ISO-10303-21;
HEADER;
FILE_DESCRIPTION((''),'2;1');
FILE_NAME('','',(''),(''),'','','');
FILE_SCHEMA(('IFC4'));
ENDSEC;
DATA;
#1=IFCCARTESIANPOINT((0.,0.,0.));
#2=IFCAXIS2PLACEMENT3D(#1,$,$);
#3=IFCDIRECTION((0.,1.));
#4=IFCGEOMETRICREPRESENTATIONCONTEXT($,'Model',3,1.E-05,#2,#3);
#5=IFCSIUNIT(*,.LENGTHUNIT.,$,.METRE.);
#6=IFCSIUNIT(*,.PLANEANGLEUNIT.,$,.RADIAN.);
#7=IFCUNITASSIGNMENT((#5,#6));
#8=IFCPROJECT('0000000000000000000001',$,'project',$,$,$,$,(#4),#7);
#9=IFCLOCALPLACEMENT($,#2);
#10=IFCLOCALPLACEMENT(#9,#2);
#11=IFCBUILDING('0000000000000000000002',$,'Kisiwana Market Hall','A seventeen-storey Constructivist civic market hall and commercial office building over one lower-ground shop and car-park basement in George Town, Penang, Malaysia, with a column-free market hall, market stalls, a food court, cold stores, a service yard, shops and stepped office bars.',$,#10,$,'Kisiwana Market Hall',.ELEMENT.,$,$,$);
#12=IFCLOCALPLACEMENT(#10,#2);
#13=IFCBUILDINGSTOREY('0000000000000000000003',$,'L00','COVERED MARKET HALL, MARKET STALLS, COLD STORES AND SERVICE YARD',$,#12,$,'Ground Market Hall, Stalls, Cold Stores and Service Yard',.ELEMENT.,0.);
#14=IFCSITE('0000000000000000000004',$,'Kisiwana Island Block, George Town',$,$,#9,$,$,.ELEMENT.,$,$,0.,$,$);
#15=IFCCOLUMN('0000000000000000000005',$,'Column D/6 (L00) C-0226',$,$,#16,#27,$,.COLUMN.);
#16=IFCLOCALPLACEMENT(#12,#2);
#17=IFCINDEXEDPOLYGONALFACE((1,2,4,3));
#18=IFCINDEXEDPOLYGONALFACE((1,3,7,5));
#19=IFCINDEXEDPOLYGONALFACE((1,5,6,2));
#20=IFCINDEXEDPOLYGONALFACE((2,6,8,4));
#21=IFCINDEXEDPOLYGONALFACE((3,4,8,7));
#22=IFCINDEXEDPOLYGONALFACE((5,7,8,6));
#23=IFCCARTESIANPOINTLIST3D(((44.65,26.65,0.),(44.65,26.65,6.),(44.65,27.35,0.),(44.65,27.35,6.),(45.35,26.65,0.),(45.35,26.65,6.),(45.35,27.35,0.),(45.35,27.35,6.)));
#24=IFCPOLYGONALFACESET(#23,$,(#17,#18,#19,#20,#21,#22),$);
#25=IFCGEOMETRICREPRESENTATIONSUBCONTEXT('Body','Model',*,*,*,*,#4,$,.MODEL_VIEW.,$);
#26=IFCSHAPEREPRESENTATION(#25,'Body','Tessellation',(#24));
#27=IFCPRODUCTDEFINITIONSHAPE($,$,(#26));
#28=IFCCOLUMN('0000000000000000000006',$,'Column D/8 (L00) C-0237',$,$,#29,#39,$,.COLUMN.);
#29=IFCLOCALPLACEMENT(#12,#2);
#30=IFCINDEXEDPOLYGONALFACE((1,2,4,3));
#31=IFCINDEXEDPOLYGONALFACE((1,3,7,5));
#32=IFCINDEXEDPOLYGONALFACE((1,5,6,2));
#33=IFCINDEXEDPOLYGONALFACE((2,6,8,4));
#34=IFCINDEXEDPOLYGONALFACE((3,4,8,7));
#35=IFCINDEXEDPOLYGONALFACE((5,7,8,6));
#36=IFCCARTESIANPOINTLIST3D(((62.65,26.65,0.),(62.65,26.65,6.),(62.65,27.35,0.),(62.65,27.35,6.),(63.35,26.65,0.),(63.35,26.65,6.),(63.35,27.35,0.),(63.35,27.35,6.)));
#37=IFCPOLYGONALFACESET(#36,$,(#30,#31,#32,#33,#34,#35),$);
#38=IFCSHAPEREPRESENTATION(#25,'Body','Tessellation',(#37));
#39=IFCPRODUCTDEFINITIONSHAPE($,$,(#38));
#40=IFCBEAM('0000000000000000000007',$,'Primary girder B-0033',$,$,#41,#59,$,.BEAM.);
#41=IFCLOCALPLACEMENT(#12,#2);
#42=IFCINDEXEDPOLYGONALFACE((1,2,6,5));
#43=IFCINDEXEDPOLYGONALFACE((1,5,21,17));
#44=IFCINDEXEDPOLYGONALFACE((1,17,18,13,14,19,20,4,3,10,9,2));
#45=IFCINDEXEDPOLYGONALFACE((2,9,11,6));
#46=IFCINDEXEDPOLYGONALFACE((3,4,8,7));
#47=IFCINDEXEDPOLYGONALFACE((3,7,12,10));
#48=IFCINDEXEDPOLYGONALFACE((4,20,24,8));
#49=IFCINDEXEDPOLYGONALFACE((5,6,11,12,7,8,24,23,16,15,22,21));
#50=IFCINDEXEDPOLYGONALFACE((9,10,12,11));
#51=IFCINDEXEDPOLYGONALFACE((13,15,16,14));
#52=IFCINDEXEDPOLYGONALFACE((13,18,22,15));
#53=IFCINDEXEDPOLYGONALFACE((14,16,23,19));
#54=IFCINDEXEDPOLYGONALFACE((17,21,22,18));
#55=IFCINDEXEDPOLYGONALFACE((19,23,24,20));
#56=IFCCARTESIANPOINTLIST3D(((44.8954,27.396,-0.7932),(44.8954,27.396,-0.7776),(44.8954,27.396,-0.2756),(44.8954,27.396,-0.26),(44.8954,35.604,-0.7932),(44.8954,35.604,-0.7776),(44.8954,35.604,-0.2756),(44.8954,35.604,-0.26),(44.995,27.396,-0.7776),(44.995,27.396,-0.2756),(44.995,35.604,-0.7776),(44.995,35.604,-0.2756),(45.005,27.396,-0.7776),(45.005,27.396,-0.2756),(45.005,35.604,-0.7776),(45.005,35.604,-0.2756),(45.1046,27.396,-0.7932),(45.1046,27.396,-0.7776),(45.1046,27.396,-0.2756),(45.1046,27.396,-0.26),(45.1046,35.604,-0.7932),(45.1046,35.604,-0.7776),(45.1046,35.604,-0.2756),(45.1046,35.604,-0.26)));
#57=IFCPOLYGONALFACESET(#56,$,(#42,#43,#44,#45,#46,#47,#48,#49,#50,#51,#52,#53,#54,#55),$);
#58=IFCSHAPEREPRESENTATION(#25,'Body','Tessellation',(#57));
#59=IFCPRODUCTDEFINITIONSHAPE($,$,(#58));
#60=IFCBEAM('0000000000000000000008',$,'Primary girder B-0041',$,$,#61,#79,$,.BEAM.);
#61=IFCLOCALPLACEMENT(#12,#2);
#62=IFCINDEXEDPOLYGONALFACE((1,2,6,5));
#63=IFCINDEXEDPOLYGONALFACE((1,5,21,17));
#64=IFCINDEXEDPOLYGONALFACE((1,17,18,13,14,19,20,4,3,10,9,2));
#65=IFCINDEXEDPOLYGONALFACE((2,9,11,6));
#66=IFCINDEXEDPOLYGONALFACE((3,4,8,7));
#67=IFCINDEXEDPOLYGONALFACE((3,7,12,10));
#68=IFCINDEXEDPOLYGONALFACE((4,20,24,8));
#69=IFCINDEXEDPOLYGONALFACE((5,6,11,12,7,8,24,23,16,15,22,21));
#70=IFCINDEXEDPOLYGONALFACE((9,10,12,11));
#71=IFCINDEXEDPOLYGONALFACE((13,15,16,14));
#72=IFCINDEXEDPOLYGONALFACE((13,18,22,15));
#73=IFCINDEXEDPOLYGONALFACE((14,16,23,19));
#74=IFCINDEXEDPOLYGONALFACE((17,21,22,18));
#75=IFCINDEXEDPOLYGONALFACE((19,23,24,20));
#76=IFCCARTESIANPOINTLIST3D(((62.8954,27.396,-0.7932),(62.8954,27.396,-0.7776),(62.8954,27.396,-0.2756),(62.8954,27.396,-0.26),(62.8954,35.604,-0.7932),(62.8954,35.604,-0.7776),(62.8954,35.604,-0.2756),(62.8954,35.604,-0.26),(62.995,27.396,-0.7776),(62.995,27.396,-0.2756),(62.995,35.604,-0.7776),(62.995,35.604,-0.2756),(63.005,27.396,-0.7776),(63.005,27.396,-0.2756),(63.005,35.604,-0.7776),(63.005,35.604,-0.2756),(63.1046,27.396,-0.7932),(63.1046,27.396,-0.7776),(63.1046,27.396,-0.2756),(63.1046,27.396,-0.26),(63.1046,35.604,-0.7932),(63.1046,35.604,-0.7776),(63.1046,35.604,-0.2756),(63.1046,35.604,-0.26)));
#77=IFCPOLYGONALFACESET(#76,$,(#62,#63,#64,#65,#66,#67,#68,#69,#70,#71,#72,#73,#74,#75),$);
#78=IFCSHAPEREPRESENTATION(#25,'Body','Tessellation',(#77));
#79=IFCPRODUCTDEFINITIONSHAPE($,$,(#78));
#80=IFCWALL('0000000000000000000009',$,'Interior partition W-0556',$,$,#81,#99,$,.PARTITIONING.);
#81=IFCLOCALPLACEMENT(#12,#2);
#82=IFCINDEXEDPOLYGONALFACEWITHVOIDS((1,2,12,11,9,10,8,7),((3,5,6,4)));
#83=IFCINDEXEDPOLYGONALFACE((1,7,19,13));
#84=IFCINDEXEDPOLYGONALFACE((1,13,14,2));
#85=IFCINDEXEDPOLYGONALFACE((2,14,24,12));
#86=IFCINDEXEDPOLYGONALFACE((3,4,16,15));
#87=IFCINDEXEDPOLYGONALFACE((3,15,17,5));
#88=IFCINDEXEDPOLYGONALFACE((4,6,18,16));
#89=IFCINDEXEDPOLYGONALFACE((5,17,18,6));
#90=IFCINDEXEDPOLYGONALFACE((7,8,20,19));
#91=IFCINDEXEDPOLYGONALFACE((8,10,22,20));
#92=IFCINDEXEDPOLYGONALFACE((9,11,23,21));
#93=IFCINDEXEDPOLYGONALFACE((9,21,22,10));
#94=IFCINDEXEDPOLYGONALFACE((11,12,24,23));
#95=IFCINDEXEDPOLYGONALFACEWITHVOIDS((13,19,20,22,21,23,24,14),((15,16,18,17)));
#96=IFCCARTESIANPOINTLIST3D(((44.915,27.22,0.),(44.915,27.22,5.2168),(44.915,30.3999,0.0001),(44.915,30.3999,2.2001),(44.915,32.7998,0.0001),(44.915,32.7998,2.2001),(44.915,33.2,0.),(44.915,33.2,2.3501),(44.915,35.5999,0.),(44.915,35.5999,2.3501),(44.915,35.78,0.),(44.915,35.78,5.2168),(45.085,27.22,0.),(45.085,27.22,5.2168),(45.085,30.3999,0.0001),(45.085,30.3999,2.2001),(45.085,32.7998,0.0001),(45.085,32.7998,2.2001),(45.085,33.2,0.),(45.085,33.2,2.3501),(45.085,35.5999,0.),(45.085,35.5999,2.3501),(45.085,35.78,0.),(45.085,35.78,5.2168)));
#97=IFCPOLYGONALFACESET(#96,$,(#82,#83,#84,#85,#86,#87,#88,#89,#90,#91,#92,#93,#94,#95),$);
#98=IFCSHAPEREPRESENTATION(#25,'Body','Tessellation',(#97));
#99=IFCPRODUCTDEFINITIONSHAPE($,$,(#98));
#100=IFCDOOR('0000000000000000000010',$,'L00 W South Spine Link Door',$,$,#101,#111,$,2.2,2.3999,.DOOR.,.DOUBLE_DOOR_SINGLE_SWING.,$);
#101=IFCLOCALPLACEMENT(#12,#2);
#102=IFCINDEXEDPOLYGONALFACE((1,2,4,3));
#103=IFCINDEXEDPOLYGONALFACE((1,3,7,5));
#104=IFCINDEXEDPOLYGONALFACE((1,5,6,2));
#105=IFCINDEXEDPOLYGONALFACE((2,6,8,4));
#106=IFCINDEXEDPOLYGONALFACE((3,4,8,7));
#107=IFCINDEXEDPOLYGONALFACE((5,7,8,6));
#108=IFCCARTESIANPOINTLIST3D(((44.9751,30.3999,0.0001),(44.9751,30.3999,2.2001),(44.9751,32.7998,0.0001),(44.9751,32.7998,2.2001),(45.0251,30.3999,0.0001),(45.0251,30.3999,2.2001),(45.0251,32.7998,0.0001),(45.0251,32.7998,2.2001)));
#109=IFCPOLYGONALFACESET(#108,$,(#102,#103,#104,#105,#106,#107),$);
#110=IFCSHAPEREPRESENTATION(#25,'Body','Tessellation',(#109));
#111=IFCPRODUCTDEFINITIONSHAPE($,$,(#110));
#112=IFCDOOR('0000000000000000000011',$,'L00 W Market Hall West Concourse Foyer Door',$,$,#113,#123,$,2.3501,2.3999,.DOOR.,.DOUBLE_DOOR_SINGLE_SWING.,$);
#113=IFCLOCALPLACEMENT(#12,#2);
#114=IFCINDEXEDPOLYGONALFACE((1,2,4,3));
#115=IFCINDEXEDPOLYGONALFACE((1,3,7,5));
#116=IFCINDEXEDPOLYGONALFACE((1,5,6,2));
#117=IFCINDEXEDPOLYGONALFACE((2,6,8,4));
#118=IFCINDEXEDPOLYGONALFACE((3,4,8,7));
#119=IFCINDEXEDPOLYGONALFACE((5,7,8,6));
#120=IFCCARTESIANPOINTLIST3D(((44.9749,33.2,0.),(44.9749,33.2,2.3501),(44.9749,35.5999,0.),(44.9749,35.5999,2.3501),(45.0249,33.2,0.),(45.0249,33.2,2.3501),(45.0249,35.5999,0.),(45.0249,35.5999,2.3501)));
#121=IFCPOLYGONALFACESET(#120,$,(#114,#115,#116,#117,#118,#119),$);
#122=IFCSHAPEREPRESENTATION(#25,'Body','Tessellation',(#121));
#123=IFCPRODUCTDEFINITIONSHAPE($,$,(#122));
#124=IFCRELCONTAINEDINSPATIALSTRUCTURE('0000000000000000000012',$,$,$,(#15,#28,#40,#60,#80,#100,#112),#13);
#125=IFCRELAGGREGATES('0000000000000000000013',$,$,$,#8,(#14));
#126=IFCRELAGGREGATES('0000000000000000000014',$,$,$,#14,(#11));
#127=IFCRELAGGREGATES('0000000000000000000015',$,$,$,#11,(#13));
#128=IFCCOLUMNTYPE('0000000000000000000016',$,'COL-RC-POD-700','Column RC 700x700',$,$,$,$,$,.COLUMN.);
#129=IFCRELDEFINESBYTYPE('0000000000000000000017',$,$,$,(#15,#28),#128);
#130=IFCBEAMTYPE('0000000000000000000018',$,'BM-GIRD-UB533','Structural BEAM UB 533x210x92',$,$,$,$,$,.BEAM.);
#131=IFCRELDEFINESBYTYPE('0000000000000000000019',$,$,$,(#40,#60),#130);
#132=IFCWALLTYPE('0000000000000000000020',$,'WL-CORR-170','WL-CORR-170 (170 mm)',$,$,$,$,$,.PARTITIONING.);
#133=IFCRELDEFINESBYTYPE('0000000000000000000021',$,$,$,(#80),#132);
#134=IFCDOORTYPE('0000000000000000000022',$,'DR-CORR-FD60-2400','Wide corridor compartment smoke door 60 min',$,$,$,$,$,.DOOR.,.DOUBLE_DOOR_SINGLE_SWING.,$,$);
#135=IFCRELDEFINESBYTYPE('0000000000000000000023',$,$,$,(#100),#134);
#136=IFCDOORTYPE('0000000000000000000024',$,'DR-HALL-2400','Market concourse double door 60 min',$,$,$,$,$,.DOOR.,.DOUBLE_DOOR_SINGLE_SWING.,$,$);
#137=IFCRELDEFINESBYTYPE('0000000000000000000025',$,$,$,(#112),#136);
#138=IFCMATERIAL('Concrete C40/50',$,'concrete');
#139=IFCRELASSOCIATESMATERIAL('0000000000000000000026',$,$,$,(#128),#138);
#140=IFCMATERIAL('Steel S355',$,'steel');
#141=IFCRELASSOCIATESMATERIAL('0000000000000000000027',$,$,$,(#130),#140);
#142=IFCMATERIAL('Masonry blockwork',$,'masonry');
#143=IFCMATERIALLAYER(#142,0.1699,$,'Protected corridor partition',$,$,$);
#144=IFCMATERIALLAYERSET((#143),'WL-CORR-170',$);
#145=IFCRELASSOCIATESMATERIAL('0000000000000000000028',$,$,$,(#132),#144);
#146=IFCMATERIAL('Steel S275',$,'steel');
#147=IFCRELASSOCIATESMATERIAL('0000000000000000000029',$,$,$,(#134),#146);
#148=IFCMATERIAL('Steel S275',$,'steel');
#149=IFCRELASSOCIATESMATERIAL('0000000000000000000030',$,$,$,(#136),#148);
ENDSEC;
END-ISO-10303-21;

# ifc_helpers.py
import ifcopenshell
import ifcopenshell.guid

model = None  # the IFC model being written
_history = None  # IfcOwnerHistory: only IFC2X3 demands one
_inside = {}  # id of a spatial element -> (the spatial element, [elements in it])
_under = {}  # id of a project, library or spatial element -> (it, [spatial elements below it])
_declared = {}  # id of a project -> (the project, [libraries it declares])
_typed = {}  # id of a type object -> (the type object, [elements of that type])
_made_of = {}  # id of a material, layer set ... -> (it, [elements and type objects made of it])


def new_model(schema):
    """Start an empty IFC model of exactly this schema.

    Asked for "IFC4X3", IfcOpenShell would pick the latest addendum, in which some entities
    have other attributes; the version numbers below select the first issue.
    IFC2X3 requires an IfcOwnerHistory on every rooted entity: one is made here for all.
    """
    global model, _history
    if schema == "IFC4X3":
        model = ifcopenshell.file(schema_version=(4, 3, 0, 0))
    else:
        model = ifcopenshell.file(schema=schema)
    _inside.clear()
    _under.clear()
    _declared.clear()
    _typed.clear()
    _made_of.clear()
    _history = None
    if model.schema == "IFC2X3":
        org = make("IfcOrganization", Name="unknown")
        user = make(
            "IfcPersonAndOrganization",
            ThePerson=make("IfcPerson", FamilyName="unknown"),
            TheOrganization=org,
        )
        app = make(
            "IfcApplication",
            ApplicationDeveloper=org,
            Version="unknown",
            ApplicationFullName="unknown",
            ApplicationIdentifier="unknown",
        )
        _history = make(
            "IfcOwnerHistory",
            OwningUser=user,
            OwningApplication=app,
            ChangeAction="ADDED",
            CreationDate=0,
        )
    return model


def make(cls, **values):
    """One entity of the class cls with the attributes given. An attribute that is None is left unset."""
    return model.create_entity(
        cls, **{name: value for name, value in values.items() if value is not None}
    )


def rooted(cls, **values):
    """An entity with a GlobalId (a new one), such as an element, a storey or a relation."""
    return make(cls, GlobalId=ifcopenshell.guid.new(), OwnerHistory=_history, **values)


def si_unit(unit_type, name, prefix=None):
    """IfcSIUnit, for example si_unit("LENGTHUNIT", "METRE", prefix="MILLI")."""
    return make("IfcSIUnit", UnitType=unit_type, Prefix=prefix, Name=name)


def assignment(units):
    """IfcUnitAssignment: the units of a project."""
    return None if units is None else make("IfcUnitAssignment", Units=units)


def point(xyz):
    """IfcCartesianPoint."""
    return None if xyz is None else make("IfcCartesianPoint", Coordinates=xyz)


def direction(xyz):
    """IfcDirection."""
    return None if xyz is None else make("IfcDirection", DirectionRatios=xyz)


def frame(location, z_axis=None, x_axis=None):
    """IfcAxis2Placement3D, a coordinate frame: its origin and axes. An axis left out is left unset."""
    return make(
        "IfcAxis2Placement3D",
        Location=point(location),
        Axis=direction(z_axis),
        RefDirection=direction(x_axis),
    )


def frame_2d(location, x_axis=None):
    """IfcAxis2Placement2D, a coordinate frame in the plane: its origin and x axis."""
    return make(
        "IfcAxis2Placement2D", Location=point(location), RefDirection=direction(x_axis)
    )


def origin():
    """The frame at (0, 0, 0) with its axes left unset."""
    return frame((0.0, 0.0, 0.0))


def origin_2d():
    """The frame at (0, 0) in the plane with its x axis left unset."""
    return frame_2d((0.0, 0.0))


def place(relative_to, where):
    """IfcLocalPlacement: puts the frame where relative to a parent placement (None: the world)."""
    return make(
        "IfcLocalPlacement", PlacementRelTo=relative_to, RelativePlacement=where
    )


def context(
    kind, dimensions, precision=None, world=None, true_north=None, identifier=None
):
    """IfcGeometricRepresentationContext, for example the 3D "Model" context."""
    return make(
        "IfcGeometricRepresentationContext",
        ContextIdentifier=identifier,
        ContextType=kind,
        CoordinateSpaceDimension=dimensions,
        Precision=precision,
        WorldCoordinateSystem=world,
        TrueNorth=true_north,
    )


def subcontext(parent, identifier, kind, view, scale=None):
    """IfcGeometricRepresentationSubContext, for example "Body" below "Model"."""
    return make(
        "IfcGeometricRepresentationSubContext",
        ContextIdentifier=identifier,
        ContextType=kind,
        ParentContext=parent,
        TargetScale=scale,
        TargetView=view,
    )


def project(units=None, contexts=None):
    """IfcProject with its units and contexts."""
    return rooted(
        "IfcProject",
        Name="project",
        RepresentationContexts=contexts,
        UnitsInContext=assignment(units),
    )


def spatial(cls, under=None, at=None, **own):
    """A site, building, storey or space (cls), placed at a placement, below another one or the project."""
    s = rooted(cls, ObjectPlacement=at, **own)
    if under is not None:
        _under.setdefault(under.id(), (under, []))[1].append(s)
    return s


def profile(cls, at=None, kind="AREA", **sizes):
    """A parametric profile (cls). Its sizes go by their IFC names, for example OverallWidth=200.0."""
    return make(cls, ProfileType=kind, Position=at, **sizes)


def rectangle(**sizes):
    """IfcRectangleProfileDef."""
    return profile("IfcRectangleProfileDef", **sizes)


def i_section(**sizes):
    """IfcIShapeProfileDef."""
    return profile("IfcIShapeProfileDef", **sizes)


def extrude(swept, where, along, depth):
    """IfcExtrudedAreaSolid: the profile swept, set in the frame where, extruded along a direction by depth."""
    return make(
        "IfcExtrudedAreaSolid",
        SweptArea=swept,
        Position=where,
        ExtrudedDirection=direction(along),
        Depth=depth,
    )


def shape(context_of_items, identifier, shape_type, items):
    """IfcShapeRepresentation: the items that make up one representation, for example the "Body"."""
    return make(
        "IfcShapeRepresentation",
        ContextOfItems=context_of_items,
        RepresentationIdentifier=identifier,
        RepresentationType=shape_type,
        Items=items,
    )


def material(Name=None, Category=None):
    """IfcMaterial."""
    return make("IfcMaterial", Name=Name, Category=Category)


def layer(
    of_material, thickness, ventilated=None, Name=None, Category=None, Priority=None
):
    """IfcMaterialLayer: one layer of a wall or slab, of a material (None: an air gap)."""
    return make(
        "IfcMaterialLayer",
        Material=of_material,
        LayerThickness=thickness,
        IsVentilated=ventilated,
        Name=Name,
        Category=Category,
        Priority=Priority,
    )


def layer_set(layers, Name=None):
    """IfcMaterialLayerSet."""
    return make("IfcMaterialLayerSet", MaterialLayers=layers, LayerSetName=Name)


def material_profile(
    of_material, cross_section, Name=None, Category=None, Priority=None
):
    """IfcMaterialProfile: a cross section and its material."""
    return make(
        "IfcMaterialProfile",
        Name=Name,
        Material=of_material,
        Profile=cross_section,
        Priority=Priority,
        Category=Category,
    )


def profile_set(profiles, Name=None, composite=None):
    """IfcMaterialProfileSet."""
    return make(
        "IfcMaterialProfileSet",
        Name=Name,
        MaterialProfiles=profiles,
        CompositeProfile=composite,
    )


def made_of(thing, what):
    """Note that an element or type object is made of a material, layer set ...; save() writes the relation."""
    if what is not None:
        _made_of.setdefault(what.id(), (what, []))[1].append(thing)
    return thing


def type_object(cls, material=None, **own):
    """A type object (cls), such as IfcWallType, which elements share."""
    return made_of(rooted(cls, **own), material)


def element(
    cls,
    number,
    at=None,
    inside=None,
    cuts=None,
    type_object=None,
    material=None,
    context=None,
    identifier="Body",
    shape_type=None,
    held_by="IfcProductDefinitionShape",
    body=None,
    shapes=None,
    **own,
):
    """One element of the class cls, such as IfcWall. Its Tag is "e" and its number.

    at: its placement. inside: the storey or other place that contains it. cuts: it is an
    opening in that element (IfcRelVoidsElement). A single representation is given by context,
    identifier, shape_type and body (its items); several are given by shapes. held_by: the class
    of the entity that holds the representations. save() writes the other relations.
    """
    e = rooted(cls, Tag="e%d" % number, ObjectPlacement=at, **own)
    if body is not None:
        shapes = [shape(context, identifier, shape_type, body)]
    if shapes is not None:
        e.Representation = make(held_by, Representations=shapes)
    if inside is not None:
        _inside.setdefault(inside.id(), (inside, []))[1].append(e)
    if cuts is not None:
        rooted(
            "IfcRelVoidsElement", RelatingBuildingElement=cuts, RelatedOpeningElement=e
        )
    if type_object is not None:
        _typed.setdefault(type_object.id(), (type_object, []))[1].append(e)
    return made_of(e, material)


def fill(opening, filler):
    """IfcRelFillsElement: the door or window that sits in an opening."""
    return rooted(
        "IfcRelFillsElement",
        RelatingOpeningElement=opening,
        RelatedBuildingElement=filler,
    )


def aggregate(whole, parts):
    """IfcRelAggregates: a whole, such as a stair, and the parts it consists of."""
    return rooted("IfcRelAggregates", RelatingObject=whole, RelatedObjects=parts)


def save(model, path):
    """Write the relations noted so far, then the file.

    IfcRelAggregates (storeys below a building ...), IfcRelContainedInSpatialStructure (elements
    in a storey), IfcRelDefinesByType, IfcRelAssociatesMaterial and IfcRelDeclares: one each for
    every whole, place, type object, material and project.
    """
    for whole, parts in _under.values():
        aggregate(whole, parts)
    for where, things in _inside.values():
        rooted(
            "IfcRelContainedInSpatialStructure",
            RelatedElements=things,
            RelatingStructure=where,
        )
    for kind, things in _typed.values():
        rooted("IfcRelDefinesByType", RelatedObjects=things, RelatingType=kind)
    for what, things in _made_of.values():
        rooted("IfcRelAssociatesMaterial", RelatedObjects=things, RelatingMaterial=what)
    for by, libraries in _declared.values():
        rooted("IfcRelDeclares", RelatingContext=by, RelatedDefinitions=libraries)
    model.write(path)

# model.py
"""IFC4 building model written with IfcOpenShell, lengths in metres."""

from ifc_helpers import new_model, si_unit, direction, frame, frame_2d, origin, origin_2d, place, context, subcontext, project, spatial, rectangle, i_section, extrude, material, layer, layer_set, material_profile, profile_set, type_object, element, fill, save


model = new_model("IFC4")

# Units and contexts
model_context = context("Model", 3, precision=1e-05, world=origin(), true_north=direction((0.0, 1.0)))
body_context = subcontext(model_context, "Body", "Model", "MODEL_VIEW")
ifc_project = project(units=[si_unit("LENGTHUNIT", "METRE"), si_unit("PLANEANGLEUNIT", "RADIAN")], contexts=[model_context])

# Site, building, storey
site_placement = place(None, origin())
site = spatial("IfcSite", under=ifc_project, at=site_placement, Name="Kisiwana Island Block, George Town", CompositionType="ELEMENT", RefElevation=0.0)
building_placement = place(site_placement, origin())
building = spatial("IfcBuilding", under=site, at=building_placement, Name="Kisiwana Market Hall", Description="A seventeen-storey Constructivist civic market hall and commercial office building over one lower-ground shop and car-park basement in George Town, Penang, Malaysia, with a column-free market hall, market stalls, a food court, cold stores, a service yard, shops and stepped office bars.", LongName="Kisiwana Market Hall", CompositionType="ELEMENT")
storey_placement = place(building_placement, origin())
storey = spatial("IfcBuildingStorey", under=building, at=storey_placement, Name="L00", Description="COVERED MARKET HALL, MARKET STALLS, COLD STORES AND SERVICE YARD", LongName="Ground Market Hall, Stalls, Cold Stores and Service Yard", CompositionType="ELEMENT", Elevation=0.0)

# Columns
ifc_material_1 = material(Name="Concrete C40/50", Category="concrete")
ifc_material_profile_1 = material_profile(ifc_material_1, rectangle(XDim=0.7, YDim=0.7, at=origin_2d()), Name="RC 700x700")
ifc_profile_set_1 = profile_set([ifc_material_profile_1], Name="Concrete C40/50")
column_type = type_object("IfcColumnType", Name="COL-RC-POD-700", Description="Column RC 700x700", PredefinedType="COLUMN", material=ifc_profile_set_1)
for number, where, z_axis, x_axis, name in (
    (1, (45.0, 27.0, 0.0), (0.0, 0.0, 1.0), (1.0, 0.0, 0.0), "Column D/6 (L00) C-0226"),
    (2, (63.0, 27.0, 0.0), (0.0, 0.0, 1.0), (1.0, 0.0, 0.0), "Column D/8 (L00) C-0237"),
):
    element("IfcColumn", number, at=place(storey_placement, frame(where, z_axis=z_axis, x_axis=x_axis)), inside=storey, type_object=column_type, Name=name, PredefinedType="COLUMN", context=body_context, shape_type="SweptSolid", body=[
        extrude(rectangle(XDim=0.7, YDim=0.7, at=origin_2d()), origin(), (0.0, 0.0, 1.0), 6.0),
    ])

# Beams
ifc_material_2 = material(Name="Steel S355", Category="steel")
ifc_material_profile_2 = material_profile(ifc_material_2, i_section(OverallWidth=0.2092, OverallDepth=0.5332, WebThickness=0.01, FlangeThickness=0.0156, at=origin_2d()), Name="UB 533x210x92")
ifc_profile_set_2 = profile_set([ifc_material_profile_2], Name="Steel S355")
beam_type = type_object("IfcBeamType", Name="BM-GIRD-UB533", Description="Structural BEAM UB 533x210x92", PredefinedType="BEAM", material=ifc_profile_set_2)
for number, where, z_axis, x_axis, name in (
    (3, (45.0, 27.396, -0.5266), (0.0, 1.0, 0.0), (-1.0, 0.0, 0.0), "Primary girder B-0033"),
    (4, (63.0, 27.396, -0.5266), (0.0, 1.0, 0.0), (-1.0, 0.0, 0.0), "Primary girder B-0041"),
):
    element("IfcBeam", number, at=place(storey_placement, frame(where, z_axis=z_axis, x_axis=x_axis)), inside=storey, type_object=beam_type, Name=name, PredefinedType="BEAM", context=body_context, shape_type="SweptSolid", body=[
        extrude(i_section(OverallWidth=0.2092, OverallDepth=0.5332, WebThickness=0.01, FlangeThickness=0.0156, at=origin_2d()), origin(), (0.0, 0.0, 1.0), 8.208),
    ])

# Wall, openings, doors
ifc_material_3 = material(Name="Masonry blockwork", Category="masonry")
ifc_layer = layer(ifc_material_3, 0.1699, Name="Protected corridor partition")
ifc_layer_set = layer_set([ifc_layer], Name="WL-CORR-170")
wall_type = type_object("IfcWallType", Name="WL-CORR-170", Description="WL-CORR-170 (170 mm)", PredefinedType="PARTITIONING", material=ifc_layer_set)
wall_placement = place(storey_placement, frame((45.0, 27.22, 0.0), z_axis=(0.0, 0.0, 1.0), x_axis=(0.0, 1.0, 0.0)))
wall = element("IfcWall", 5, at=wall_placement, inside=storey, type_object=wall_type, Name="Interior partition W-0556", PredefinedType="PARTITIONING", context=body_context, shape_type="SweptSolid", body=[
    extrude(rectangle(XDim=8.5601, YDim=0.1699, at=frame_2d((4.28, 0.0))), origin(), (0.0, 0.0, 1.0), 5.2168),
])
opening_1_placement = place(wall_placement, frame((5.98, 0.0, 0.0)))
opening_1 = element("IfcOpeningElement", 6, at=opening_1_placement, cuts=wall, PredefinedType="OPENING", context=body_context, shape_type="SweptSolid", body=[
    extrude(rectangle(XDim=2.3999, YDim=2.3501, at=frame_2d((1.2, 1.175))), frame((0.0, 0.0969, 0.0), z_axis=(0.0, -1.0, 0.0), x_axis=(1.0, 0.0, 0.0)), (0.0, 0.0, 1.0), 0.1938),
])
opening_2_placement = place(wall_placement, frame((3.1799, 0.0, 0.0)))
opening_2 = element("IfcOpeningElement", 7, at=opening_2_placement, cuts=wall, PredefinedType="OPENING", context=body_context, shape_type="SweptSolid", body=[
    extrude(rectangle(XDim=2.3999, YDim=2.2, at=frame_2d((1.2, 1.1001))), frame((0.0, 0.0969, 0.0), z_axis=(0.0, -1.0, 0.0), x_axis=(1.0, 0.0, 0.0)), (0.0, 0.0, 1.0), 0.1938),
])
ifc_material_4 = material(Name="Steel S275", Category="steel")
door_type_1 = type_object("IfcDoorType", Name="DR-CORR-FD60-2400", Description="Wide corridor compartment smoke door 60 min", OperationType="DOUBLE_DOOR_SINGLE_SWING", PredefinedType="DOOR", material=ifc_material_4)
door_1_placement = place(opening_2_placement, origin())
door_1 = element("IfcDoor", 8, at=door_1_placement, inside=storey, type_object=door_type_1, Name="L00 W South Spine Link Door", OperationType="DOUBLE_DOOR_SINGLE_SWING", OverallHeight=2.2, OverallWidth=2.3999, PredefinedType="DOOR", context=body_context, shape_type="SweptSolid", body=[
    extrude(rectangle(XDim=2.3999, YDim=2.2, at=frame_2d((1.2, 1.1001))), frame((0.0, 0.0249, 0.0), z_axis=(0.0, -1.0, 0.0), x_axis=(1.0, 0.0, 0.0)), (0.0, 0.0, 1.0), 0.05),
])
fill(opening_2, door_1)
ifc_material_5 = material(Name="Steel S275", Category="steel")
door_type_2 = type_object("IfcDoorType", Name="DR-HALL-2400", Description="Market concourse double door 60 min", OperationType="DOUBLE_DOOR_SINGLE_SWING", PredefinedType="DOOR", material=ifc_material_5)
door_2_placement = place(opening_1_placement, frame((2.3999, 0.0, 0.0), z_axis=(0.0, 0.0, 1.0), x_axis=(-1.0, 0.0, 0.0)))
door_2 = element("IfcDoor", 9, at=door_2_placement, inside=storey, type_object=door_type_2, Name="L00 W Market Hall West Concourse Foyer Door", OperationType="DOUBLE_DOOR_SINGLE_SWING", OverallHeight=2.3501, OverallWidth=2.3999, PredefinedType="DOOR", context=body_context, shape_type="SweptSolid", body=[
    extrude(rectangle(XDim=2.3999, YDim=2.3501, at=frame_2d((1.2, 1.175))), frame((0.0, 0.0249, 0.0), z_axis=(0.0, -1.0, 0.0), x_axis=(1.0, 0.0, 0.0)), (0.0, 0.0, 1.0), 0.05),
])
fill(opening_1, door_2)

save(model, "model.ifc")
